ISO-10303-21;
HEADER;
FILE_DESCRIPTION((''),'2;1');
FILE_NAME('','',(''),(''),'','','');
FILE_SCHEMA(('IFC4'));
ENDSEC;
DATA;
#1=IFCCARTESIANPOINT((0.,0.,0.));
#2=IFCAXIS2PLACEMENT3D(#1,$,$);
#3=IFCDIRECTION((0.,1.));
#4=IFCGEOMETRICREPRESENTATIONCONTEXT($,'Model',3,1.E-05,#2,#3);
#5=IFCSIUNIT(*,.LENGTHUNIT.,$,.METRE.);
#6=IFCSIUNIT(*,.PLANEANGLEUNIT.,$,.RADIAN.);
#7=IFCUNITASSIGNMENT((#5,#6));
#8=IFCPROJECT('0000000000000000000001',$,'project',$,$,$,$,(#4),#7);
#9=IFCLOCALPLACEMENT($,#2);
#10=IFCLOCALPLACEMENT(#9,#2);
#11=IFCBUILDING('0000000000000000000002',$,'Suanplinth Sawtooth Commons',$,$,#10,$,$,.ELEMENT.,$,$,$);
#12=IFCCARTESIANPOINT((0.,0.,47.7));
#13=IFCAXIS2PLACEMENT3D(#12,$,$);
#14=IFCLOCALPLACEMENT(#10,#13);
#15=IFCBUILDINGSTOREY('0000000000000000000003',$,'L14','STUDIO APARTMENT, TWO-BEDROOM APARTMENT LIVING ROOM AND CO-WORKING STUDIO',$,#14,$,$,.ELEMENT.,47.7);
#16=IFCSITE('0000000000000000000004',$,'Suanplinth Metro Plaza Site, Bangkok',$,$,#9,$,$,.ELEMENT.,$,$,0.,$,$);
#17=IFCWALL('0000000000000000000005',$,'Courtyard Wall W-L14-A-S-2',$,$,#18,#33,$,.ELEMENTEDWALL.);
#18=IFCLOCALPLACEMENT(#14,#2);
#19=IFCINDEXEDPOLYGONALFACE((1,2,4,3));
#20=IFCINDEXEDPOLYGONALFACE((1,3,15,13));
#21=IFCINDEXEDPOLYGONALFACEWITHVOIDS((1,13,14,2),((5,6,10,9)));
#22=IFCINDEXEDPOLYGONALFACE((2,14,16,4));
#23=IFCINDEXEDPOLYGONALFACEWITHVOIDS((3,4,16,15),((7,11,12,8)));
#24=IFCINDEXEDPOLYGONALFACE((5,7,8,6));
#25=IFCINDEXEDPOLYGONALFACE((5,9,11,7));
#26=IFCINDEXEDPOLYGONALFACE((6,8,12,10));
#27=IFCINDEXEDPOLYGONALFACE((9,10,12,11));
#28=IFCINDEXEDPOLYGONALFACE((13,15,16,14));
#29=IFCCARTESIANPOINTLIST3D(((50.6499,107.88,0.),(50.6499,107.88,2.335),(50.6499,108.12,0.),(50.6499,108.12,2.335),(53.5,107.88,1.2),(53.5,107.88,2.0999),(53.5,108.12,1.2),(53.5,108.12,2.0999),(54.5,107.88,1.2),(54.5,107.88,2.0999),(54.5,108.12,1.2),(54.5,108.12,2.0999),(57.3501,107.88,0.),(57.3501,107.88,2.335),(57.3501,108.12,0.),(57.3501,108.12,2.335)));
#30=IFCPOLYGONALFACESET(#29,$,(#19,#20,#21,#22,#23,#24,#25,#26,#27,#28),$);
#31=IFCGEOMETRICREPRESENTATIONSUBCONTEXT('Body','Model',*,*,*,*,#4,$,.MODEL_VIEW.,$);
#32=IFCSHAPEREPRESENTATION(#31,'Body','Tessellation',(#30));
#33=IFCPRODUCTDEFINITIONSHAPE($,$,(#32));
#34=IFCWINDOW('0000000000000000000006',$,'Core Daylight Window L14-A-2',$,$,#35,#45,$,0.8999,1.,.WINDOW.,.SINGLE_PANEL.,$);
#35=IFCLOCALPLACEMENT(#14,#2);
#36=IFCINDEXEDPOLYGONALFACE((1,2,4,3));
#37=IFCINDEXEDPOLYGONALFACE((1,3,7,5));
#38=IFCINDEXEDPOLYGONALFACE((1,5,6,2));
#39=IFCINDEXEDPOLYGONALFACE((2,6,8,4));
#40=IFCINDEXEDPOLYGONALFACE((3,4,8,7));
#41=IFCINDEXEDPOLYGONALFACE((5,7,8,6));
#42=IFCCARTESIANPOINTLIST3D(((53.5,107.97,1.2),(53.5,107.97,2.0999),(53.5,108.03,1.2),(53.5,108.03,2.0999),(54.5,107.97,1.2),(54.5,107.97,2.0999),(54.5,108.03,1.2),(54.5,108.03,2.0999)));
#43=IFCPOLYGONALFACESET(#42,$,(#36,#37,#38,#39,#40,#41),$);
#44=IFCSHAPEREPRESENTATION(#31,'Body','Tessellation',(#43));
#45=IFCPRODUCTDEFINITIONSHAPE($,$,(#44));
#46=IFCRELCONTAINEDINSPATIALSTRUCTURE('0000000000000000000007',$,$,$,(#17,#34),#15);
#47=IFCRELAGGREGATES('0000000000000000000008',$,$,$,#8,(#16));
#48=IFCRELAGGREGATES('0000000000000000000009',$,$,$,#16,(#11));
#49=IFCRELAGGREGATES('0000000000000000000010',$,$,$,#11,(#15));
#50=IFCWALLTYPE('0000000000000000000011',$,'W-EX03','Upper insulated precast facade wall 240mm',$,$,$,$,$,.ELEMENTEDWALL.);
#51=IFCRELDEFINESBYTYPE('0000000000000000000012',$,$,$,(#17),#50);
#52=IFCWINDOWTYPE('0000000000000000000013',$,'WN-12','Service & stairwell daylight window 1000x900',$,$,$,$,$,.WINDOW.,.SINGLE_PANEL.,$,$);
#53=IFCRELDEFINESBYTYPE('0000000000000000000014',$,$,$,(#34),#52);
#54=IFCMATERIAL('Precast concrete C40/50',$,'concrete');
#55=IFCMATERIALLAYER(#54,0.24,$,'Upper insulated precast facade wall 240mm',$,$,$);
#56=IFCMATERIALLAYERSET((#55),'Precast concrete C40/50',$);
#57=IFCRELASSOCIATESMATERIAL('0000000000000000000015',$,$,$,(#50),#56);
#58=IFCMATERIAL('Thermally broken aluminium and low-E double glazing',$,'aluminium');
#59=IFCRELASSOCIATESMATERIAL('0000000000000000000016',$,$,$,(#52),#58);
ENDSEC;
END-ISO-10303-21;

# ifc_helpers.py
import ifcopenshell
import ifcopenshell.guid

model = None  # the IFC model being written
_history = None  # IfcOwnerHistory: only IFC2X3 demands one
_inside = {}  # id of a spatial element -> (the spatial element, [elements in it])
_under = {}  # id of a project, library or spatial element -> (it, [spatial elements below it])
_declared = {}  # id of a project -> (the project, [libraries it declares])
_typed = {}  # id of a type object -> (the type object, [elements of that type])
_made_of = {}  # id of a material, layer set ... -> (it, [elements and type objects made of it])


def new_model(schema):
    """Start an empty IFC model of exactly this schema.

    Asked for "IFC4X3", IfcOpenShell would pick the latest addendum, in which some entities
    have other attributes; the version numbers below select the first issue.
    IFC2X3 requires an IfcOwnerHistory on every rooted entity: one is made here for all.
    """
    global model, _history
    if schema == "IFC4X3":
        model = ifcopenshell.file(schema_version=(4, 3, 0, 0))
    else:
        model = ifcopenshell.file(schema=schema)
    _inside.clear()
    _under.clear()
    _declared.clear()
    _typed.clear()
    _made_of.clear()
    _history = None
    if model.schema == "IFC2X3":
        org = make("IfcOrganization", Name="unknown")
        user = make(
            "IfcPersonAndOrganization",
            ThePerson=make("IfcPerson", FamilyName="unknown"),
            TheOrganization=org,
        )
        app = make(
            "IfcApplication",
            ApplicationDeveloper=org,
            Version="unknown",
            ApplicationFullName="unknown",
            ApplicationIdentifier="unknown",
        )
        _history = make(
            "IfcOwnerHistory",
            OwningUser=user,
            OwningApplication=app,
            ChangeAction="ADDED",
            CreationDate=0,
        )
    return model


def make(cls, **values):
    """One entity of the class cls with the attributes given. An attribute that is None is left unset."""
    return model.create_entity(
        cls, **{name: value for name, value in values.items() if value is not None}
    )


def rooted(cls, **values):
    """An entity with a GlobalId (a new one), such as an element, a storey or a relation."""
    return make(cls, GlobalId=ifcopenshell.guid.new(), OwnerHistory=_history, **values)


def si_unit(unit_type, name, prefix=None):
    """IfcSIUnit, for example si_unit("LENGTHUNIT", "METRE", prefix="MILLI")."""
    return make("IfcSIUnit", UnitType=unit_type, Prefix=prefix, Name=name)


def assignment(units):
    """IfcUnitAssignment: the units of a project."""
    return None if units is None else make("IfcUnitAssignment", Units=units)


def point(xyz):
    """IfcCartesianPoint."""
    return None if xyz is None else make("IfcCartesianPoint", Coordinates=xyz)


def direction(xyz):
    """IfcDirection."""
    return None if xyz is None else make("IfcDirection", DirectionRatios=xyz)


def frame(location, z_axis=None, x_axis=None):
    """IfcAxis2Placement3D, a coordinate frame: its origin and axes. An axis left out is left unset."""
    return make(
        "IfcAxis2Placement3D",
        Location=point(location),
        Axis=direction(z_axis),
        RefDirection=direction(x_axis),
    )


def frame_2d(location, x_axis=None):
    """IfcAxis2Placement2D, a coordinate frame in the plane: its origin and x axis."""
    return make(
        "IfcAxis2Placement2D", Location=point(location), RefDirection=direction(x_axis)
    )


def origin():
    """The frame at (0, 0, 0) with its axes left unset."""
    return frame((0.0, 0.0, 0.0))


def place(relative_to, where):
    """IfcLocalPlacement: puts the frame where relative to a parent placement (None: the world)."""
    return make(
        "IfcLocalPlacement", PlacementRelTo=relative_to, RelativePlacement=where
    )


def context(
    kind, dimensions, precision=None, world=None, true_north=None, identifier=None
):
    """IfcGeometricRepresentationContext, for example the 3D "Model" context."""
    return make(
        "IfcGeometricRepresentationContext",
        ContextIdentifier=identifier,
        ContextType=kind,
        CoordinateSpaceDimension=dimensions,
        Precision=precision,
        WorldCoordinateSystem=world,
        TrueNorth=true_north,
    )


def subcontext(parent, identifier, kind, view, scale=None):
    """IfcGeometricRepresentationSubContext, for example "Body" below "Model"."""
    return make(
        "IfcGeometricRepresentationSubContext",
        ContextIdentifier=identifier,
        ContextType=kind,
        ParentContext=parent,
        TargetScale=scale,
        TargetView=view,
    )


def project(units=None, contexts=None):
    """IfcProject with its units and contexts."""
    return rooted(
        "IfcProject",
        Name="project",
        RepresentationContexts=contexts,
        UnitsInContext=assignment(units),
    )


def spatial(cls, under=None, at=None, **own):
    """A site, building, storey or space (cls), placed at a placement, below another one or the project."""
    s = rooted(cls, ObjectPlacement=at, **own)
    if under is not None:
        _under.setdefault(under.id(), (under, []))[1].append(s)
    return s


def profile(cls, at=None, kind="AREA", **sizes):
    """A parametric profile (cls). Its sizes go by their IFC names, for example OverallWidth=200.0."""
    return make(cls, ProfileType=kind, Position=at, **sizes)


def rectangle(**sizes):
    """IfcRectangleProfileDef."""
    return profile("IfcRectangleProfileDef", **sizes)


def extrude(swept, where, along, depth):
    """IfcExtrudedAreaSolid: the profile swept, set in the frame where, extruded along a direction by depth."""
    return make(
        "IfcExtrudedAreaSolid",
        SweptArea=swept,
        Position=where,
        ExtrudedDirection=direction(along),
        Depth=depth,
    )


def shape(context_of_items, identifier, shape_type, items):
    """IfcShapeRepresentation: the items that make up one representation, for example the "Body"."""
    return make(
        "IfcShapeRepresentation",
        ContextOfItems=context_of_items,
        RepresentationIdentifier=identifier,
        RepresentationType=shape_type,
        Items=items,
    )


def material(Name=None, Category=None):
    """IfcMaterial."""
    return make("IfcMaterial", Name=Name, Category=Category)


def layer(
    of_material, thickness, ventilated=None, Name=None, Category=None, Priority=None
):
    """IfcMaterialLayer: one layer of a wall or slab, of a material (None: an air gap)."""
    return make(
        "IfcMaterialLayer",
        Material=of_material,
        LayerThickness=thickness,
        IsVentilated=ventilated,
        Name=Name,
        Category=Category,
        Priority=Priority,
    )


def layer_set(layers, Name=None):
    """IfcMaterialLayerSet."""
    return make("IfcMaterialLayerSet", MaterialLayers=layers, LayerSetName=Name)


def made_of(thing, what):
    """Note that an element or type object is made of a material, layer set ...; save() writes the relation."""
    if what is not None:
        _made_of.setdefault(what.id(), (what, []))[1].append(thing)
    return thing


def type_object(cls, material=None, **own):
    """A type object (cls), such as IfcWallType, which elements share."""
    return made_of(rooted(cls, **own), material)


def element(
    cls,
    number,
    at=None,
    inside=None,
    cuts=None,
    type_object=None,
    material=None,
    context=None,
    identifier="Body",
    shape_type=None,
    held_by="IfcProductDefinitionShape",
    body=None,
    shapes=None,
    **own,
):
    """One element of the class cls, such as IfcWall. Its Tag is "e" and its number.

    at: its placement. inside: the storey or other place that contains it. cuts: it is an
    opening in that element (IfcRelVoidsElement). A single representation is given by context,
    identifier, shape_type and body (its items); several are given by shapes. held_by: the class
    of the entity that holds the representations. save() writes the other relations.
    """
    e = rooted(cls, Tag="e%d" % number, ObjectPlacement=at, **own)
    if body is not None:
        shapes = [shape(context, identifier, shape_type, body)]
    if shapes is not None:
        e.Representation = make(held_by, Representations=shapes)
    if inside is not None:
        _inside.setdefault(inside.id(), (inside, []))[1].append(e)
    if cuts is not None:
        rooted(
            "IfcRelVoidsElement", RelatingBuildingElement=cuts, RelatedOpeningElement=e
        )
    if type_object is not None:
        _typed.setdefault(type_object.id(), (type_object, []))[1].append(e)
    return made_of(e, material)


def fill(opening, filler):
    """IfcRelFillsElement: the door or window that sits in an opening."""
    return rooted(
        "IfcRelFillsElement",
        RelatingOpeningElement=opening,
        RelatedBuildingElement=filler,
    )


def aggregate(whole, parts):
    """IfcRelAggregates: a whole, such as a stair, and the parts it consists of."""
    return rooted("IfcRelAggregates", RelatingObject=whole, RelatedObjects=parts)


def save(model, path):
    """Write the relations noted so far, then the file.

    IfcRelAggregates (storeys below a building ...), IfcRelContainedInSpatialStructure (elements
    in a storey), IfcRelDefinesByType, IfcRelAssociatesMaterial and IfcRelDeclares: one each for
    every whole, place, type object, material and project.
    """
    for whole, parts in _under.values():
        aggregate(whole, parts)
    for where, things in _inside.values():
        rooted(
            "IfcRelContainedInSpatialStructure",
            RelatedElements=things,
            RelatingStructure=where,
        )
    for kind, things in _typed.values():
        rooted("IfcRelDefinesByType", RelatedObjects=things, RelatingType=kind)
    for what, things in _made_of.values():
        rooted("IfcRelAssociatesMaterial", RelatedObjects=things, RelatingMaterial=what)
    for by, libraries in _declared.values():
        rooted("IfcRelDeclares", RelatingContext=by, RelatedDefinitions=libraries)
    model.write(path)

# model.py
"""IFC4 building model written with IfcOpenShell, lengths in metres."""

from ifc_helpers import new_model, si_unit, direction, frame, frame_2d, origin, place, context, subcontext, project, spatial, rectangle, extrude, material, layer, layer_set, type_object, element, fill, save


model = new_model("IFC4")

# Units and contexts
model_context = context("Model", 3, precision=1e-05, world=origin(), true_north=direction((0.0, 1.0)))
body_context = subcontext(model_context, "Body", "Model", "MODEL_VIEW")
ifc_project = project(units=[si_unit("LENGTHUNIT", "METRE"), si_unit("PLANEANGLEUNIT", "RADIAN")], contexts=[model_context])

# Site, building, storey
site_placement = place(None, origin())
site = spatial("IfcSite", under=ifc_project, at=site_placement, Name="Suanplinth Metro Plaza Site, Bangkok", CompositionType="ELEMENT", RefElevation=0.0)
building_placement = place(site_placement, origin())
building = spatial("IfcBuilding", under=site, at=building_placement, Name="Suanplinth Sawtooth Commons", CompositionType="ELEMENT")
storey_placement = place(building_placement, frame((0.0, 0.0, 47.7)))
storey = spatial("IfcBuildingStorey", under=building, at=storey_placement, Name="L14", Description="STUDIO APARTMENT, TWO-BEDROOM APARTMENT LIVING ROOM AND CO-WORKING STUDIO", CompositionType="ELEMENT", Elevation=47.7)

# Shared definitions
ifc_material_1 = material(Name="Precast concrete C40/50", Category="concrete")

# Shared definitions
ifc_layer_1 = layer(ifc_material_1, 0.24, Name="Upper insulated precast facade wall 240mm")
ifc_layer_set_1 = layer_set([ifc_layer_1], Name="Precast concrete C40/50")
wall_type = type_object("IfcWallType", Name="W-EX03", Description="Upper insulated precast facade wall 240mm", PredefinedType="ELEMENTEDWALL", material=ifc_layer_set_1)

# Wall, opening, window
ifc_material_2 = material(Name="Thermally broken aluminium and low-E double glazing", Category="aluminium")
window_type = type_object("IfcWindowType", Name="WN-12", Description="Service & stairwell daylight window 1000x900", PartitioningType="SINGLE_PANEL", PredefinedType="WINDOW", material=ifc_material_2)
wall_1_placement = place(storey_placement, frame((50.6499, 108.0, 0.0), z_axis=(0.0, 0.0, 1.0), x_axis=(1.0, 0.0, 0.0)))
wall_1 = element("IfcWall", 1, at=wall_1_placement, inside=storey, type_object=wall_type, Name="Courtyard Wall W-L14-A-S-2", PredefinedType="ELEMENTEDWALL", context=body_context, shape_type="SweptSolid", body=[
    extrude(rectangle(XDim=6.7002, YDim=0.24, at=frame_2d((3.3501, 0.0))), origin(), (0.0, 0.0, 1.0), 2.335),
])
opening_1_placement = place(wall_1_placement, frame((2.8501, 0.0, 1.2)))
opening_1 = element("IfcOpeningElement", 2, at=opening_1_placement, cuts=wall_1, PredefinedType="OPENING", context=body_context, shape_type="SweptSolid", body=[
    extrude(rectangle(XDim=1.0, YDim=0.8999, at=frame_2d((0.5, 0.45))), frame((0.0, 0.1348, 0.0), z_axis=(0.0, -1.0, 0.0), x_axis=(1.0, 0.0, 0.0)), (0.0, 0.0, 1.0), 0.2698),
])
window_1_placement = place(opening_1_placement, origin())
window_1 = element("IfcWindow", 3, at=window_1_placement, inside=storey, type_object=window_type, Name="Core Daylight Window L14-A-2", OverallHeight=0.8999, OverallWidth=1.0, PartitioningType="SINGLE_PANEL", PredefinedType="WINDOW", context=body_context, shape_type="SweptSolid", body=[
    extrude(rectangle(XDim=1.0, YDim=0.8999, at=frame_2d((0.5, 0.45))), frame((0.0, 0.03, 0.0), z_axis=(0.0, -1.0, 0.0), x_axis=(1.0, 0.0, 0.0)), (0.0, 0.0, 1.0), 0.0601),
])
fill(opening_1, window_1)

save(model, "model.ifc")
